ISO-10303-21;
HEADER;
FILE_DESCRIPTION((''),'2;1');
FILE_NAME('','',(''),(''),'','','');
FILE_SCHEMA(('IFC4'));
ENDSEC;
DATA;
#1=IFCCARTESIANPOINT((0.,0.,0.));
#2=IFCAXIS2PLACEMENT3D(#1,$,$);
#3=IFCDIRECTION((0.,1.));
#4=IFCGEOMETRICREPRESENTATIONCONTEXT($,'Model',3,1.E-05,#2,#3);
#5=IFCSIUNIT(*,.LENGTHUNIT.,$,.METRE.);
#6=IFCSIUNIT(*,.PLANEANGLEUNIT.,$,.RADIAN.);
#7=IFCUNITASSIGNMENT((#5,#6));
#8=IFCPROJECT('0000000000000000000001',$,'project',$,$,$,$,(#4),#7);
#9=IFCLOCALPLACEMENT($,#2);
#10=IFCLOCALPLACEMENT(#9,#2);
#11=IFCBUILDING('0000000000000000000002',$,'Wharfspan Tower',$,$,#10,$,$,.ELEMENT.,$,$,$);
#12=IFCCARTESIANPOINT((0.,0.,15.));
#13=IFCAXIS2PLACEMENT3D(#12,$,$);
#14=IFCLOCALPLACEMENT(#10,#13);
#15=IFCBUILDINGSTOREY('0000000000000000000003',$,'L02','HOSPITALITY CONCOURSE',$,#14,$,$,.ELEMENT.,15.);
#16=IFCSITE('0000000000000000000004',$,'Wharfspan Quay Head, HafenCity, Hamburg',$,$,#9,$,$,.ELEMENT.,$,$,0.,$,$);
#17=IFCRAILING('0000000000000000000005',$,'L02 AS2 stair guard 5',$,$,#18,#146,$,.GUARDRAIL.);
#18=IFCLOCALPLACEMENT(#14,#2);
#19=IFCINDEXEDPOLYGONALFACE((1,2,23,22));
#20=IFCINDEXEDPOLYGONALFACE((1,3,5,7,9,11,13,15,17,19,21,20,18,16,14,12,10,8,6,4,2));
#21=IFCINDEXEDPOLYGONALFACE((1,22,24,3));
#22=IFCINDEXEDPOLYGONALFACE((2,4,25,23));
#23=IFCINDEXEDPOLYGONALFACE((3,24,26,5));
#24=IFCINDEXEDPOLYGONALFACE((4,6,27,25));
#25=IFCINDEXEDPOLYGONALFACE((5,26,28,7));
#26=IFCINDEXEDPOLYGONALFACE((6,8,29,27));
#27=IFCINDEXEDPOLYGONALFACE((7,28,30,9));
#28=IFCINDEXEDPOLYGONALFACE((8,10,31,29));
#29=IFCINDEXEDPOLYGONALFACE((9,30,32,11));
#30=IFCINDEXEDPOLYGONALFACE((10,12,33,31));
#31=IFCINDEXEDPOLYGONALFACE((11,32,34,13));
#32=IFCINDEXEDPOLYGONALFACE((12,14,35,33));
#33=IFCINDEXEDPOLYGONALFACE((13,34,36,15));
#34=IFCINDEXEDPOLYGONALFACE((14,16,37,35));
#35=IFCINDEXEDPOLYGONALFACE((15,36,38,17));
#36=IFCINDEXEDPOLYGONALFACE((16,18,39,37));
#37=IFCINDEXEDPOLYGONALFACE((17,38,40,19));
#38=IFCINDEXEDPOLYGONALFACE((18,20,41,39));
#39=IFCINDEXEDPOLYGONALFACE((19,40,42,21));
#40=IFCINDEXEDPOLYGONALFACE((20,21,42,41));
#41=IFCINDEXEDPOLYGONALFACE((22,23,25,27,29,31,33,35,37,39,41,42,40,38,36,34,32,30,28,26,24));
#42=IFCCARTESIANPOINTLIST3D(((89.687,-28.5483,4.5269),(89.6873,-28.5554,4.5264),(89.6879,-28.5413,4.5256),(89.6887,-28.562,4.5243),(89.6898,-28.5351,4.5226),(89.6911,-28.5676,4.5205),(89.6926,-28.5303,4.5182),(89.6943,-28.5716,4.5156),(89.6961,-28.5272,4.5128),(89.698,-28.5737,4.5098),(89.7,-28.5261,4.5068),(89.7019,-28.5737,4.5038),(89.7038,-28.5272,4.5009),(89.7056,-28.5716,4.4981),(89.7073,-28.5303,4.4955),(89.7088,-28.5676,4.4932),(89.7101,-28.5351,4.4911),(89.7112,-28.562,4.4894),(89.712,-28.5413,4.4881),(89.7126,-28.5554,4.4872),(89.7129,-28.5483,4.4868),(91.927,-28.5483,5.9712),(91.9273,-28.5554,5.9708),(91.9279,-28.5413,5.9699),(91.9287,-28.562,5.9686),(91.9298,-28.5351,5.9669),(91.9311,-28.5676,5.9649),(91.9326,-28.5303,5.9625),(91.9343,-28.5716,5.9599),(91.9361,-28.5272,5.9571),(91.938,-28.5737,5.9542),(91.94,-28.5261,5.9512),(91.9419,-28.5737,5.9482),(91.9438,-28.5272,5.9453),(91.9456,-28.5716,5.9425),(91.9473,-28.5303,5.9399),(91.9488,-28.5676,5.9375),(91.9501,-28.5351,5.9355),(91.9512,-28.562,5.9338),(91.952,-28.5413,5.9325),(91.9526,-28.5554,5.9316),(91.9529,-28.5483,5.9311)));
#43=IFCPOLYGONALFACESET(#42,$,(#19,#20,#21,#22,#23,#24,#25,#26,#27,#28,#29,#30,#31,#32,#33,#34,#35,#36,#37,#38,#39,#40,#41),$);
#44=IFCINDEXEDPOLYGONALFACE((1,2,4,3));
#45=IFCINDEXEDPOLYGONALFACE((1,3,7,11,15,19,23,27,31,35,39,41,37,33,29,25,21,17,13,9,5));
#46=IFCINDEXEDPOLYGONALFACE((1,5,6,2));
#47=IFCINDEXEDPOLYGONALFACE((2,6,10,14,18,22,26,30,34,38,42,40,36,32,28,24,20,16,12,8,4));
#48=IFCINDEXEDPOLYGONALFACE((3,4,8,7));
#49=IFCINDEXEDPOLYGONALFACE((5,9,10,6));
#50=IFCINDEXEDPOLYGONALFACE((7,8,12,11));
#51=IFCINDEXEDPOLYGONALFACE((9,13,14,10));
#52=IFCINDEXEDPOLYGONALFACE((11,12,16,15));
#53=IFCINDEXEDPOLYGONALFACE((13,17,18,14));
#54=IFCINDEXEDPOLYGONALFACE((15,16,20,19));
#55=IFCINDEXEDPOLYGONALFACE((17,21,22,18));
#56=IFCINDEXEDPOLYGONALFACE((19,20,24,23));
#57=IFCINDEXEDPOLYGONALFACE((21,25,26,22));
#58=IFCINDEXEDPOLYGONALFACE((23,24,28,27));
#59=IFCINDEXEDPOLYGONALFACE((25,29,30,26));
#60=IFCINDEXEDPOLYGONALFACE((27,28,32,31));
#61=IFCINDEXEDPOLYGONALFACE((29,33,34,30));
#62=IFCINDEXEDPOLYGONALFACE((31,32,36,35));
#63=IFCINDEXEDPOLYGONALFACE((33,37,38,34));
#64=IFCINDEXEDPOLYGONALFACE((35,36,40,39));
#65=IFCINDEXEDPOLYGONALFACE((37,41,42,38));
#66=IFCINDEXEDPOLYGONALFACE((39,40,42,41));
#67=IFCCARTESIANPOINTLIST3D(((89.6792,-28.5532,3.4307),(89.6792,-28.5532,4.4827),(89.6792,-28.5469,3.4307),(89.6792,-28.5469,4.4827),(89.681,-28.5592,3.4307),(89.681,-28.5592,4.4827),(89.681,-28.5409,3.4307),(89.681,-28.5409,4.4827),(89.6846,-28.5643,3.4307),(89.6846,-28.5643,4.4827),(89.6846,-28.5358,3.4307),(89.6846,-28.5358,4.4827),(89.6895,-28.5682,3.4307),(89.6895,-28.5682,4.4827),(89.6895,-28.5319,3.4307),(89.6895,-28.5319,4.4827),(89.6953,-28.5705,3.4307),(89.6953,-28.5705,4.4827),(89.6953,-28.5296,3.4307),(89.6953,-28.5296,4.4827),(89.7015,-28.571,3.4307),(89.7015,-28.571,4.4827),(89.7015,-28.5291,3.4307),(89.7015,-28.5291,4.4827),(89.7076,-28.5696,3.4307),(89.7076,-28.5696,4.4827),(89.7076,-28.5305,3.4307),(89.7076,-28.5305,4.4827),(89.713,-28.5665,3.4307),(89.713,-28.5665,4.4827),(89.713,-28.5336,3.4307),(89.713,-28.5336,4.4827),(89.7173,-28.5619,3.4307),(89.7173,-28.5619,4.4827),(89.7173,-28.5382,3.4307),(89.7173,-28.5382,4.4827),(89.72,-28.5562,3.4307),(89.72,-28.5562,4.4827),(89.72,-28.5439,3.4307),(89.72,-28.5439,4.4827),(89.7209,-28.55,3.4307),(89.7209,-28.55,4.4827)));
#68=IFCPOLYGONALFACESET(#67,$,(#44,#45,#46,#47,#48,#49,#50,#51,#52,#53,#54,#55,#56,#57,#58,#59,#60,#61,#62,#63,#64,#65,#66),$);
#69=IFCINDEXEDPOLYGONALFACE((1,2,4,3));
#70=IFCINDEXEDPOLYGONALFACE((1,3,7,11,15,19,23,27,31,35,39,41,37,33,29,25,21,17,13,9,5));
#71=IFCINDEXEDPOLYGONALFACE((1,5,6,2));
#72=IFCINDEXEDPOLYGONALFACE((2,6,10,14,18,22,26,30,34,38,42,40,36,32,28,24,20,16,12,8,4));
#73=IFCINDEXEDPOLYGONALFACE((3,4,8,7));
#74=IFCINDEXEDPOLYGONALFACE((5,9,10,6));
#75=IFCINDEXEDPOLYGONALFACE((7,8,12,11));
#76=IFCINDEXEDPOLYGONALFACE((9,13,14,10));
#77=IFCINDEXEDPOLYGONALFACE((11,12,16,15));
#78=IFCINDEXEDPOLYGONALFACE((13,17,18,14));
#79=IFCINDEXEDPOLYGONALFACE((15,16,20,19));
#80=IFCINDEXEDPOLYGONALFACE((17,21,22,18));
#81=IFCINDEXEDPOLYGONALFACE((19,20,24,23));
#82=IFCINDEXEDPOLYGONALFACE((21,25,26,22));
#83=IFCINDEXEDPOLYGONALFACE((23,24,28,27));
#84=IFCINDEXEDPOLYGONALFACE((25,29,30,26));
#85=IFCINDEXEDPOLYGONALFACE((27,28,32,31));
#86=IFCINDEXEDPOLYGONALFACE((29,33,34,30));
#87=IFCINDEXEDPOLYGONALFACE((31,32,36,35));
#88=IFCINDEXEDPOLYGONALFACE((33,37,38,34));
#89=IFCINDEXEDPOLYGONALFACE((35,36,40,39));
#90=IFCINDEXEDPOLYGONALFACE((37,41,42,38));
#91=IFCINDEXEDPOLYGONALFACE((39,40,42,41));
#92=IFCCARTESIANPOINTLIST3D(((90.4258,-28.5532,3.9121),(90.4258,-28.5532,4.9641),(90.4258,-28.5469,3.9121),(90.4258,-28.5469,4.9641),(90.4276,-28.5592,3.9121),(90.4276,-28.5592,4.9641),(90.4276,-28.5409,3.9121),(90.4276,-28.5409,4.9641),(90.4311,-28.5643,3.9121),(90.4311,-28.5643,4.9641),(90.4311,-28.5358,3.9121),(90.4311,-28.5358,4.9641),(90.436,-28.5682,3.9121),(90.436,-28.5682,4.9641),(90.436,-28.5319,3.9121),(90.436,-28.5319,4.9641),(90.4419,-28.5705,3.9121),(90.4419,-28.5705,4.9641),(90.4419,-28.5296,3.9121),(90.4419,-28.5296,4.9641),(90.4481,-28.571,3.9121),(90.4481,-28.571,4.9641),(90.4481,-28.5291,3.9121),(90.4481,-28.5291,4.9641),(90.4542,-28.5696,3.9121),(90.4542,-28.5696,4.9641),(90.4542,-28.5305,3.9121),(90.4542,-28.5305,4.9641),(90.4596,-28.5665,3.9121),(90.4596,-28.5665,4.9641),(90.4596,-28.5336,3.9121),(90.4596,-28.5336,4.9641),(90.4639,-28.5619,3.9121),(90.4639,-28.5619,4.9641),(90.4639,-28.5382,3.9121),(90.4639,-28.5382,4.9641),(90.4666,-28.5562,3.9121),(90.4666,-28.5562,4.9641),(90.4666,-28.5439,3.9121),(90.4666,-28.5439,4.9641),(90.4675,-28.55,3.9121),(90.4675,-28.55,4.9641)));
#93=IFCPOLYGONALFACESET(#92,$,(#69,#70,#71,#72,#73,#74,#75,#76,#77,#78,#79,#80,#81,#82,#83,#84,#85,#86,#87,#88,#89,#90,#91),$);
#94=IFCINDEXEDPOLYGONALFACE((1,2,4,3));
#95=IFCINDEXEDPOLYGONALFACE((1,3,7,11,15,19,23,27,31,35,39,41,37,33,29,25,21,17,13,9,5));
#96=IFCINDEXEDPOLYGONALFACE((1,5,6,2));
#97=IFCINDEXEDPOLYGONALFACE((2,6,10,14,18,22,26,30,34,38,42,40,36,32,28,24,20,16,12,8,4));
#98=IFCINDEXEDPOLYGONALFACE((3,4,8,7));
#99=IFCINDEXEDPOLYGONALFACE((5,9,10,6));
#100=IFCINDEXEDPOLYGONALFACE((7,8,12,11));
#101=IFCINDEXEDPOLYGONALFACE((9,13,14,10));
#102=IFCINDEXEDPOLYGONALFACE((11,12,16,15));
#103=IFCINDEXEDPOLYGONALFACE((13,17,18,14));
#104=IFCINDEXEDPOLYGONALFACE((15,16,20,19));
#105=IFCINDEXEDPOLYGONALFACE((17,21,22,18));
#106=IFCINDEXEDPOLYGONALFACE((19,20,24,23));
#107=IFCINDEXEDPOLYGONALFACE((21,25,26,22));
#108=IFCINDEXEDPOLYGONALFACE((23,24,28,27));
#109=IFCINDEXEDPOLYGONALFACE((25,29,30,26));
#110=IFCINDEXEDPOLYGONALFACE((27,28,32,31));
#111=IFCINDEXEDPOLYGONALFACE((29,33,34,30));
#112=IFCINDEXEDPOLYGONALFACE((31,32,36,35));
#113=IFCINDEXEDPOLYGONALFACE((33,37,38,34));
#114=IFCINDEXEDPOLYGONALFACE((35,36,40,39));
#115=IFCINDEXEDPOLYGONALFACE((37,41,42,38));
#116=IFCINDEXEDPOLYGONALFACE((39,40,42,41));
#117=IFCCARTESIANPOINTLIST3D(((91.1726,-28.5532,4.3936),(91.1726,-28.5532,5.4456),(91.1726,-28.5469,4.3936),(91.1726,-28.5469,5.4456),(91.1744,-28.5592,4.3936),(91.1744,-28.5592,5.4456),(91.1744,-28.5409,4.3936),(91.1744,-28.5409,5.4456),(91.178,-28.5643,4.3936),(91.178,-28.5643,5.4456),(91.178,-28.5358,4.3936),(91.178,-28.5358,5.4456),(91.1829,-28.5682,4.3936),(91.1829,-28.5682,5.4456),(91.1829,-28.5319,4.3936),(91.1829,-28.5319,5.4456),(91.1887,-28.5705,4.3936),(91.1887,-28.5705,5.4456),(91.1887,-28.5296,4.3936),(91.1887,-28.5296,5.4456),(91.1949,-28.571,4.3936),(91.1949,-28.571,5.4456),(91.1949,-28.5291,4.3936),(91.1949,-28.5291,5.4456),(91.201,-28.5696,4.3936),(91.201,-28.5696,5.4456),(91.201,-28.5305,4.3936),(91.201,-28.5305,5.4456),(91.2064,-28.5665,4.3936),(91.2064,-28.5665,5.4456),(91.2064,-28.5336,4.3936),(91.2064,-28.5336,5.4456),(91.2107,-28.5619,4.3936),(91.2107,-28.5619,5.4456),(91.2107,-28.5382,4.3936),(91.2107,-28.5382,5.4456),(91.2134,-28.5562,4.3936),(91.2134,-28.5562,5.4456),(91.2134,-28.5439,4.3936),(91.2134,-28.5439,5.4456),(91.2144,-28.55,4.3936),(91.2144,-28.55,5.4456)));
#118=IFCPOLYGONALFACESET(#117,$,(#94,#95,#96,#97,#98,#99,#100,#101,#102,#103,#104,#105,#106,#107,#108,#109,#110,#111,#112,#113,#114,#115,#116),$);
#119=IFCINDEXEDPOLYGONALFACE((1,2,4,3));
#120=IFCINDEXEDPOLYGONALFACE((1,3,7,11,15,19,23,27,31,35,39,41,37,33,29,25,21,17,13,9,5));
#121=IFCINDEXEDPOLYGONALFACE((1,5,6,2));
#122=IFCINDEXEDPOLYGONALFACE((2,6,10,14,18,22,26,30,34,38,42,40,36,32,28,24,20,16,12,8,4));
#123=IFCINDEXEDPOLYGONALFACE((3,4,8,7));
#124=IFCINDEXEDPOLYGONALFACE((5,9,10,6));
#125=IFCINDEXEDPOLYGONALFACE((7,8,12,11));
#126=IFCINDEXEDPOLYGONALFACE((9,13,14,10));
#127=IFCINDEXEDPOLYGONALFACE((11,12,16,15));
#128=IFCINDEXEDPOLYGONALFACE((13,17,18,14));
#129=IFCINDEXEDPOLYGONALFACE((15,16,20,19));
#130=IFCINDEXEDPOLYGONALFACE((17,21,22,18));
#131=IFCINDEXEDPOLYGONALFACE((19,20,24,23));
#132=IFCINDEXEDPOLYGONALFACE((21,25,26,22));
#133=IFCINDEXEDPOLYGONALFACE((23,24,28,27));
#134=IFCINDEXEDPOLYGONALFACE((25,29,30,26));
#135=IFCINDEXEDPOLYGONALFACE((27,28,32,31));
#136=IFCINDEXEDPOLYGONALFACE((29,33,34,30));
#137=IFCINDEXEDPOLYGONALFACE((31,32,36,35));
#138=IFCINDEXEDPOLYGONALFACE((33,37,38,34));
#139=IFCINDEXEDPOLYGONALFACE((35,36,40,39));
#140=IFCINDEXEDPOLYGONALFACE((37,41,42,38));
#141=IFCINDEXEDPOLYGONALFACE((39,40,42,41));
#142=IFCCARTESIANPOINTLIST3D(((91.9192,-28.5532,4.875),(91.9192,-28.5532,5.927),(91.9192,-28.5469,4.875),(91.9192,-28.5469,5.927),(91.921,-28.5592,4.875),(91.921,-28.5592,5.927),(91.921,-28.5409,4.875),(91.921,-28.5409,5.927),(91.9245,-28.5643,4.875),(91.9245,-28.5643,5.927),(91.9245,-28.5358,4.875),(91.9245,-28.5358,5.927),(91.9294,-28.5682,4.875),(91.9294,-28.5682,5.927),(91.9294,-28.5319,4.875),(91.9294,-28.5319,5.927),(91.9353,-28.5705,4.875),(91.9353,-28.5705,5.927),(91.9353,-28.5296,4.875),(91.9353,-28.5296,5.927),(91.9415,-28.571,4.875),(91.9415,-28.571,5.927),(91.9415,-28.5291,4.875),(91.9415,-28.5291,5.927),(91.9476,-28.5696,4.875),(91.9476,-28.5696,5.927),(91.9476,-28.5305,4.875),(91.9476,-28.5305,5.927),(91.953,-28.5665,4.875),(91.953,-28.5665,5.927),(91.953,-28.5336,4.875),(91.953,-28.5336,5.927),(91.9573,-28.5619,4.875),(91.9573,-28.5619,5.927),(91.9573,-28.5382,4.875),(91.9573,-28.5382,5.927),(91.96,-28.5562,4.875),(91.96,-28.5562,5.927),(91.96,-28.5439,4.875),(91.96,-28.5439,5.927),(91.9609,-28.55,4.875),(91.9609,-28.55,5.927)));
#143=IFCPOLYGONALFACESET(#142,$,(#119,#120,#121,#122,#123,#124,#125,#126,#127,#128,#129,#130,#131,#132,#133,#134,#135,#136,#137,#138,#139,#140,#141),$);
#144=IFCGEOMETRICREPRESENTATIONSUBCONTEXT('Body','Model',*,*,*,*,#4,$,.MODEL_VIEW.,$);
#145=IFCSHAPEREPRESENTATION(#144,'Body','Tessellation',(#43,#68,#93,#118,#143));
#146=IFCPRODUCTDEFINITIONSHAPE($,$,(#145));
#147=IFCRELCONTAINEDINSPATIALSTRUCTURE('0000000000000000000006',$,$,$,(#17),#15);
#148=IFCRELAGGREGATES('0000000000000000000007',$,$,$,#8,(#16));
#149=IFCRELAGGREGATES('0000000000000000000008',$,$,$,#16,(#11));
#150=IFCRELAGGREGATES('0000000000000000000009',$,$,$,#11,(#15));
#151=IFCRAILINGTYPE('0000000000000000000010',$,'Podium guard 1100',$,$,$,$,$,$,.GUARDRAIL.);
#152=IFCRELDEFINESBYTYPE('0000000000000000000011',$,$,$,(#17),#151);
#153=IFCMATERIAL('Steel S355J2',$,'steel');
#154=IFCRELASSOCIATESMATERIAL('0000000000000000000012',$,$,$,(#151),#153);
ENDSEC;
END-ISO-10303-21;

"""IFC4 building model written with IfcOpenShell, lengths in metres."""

from ifc_helpers import new_model, si_unit, direction, frame, origin, origin_2d, place, context, subcontext, project, spatial, circle, extrude, material, type_object, element, save


model = new_model("IFC4")

# Units and contexts
model_context = context("Model", 3, precision=1e-05, world=origin(), true_north=direction((0.0, 1.0)))
body_context = subcontext(model_context, "Body", "Model", "MODEL_VIEW")
ifc_project = project(units=[si_unit("LENGTHUNIT", "METRE"), si_unit("PLANEANGLEUNIT", "RADIAN")], contexts=[model_context])

# Site, building, storey
site_placement = place(None, origin())
site = spatial("IfcSite", under=ifc_project, at=site_placement, Name="Wharfspan Quay Head, HafenCity, Hamburg", CompositionType="ELEMENT", RefElevation=0.0)
building_placement = place(site_placement, origin())
building = spatial("IfcBuilding", under=site, at=building_placement, Name="Wharfspan Tower", CompositionType="ELEMENT")
storey_placement = place(building_placement, frame((0.0, 0.0, 15.0)))
storey = spatial("IfcBuildingStorey", under=building, at=storey_placement, Name="L02", Description="HOSPITALITY CONCOURSE", CompositionType="ELEMENT", Elevation=15.0)

# Railing
ifc_material_1 = material(Name="Steel S355J2", Category="steel")
railing_type_1 = type_object("IfcRailingType", Name="Podium guard 1100", PredefinedType="GUARDRAIL", material=ifc_material_1)
railing_1_placement = place(storey_placement, frame((89.7, -28.55, 3.4307)))
element("IfcRailing", 1, at=railing_1_placement, inside=storey, type_object=railing_type_1, Name="L02 AS2 stair guard 5", PredefinedType="GUARDRAIL", context=body_context, shape_type="SweptSolid", body=[
    extrude(circle(Radius=0.0239, at=origin_2d()), frame((0.0, 0.0, 1.0762), z_axis=(0.840437, 0.0, 0.54191), x_axis=(0.0, 1.0, 0.0)), (0.0, 0.0, 1.0), 2.6653),
    extrude(circle(Radius=0.021, at=origin_2d()), origin(), (0.0, 0.0, 1.0), 1.052),
    extrude(circle(Radius=0.021, at=origin_2d()), frame((0.7466, 0.0, 0.4814)), (0.0, 0.0, 1.0), 1.052),
    extrude(circle(Radius=0.021, at=origin_2d()), frame((1.4934, 0.0, 0.9629)), (0.0, 0.0, 1.0), 1.052),
    extrude(circle(Radius=0.021, at=origin_2d()), frame((2.24, 0.0, 1.4443)), (0.0, 0.0, 1.0), 1.052),
])

save(model, "model.ifc")
